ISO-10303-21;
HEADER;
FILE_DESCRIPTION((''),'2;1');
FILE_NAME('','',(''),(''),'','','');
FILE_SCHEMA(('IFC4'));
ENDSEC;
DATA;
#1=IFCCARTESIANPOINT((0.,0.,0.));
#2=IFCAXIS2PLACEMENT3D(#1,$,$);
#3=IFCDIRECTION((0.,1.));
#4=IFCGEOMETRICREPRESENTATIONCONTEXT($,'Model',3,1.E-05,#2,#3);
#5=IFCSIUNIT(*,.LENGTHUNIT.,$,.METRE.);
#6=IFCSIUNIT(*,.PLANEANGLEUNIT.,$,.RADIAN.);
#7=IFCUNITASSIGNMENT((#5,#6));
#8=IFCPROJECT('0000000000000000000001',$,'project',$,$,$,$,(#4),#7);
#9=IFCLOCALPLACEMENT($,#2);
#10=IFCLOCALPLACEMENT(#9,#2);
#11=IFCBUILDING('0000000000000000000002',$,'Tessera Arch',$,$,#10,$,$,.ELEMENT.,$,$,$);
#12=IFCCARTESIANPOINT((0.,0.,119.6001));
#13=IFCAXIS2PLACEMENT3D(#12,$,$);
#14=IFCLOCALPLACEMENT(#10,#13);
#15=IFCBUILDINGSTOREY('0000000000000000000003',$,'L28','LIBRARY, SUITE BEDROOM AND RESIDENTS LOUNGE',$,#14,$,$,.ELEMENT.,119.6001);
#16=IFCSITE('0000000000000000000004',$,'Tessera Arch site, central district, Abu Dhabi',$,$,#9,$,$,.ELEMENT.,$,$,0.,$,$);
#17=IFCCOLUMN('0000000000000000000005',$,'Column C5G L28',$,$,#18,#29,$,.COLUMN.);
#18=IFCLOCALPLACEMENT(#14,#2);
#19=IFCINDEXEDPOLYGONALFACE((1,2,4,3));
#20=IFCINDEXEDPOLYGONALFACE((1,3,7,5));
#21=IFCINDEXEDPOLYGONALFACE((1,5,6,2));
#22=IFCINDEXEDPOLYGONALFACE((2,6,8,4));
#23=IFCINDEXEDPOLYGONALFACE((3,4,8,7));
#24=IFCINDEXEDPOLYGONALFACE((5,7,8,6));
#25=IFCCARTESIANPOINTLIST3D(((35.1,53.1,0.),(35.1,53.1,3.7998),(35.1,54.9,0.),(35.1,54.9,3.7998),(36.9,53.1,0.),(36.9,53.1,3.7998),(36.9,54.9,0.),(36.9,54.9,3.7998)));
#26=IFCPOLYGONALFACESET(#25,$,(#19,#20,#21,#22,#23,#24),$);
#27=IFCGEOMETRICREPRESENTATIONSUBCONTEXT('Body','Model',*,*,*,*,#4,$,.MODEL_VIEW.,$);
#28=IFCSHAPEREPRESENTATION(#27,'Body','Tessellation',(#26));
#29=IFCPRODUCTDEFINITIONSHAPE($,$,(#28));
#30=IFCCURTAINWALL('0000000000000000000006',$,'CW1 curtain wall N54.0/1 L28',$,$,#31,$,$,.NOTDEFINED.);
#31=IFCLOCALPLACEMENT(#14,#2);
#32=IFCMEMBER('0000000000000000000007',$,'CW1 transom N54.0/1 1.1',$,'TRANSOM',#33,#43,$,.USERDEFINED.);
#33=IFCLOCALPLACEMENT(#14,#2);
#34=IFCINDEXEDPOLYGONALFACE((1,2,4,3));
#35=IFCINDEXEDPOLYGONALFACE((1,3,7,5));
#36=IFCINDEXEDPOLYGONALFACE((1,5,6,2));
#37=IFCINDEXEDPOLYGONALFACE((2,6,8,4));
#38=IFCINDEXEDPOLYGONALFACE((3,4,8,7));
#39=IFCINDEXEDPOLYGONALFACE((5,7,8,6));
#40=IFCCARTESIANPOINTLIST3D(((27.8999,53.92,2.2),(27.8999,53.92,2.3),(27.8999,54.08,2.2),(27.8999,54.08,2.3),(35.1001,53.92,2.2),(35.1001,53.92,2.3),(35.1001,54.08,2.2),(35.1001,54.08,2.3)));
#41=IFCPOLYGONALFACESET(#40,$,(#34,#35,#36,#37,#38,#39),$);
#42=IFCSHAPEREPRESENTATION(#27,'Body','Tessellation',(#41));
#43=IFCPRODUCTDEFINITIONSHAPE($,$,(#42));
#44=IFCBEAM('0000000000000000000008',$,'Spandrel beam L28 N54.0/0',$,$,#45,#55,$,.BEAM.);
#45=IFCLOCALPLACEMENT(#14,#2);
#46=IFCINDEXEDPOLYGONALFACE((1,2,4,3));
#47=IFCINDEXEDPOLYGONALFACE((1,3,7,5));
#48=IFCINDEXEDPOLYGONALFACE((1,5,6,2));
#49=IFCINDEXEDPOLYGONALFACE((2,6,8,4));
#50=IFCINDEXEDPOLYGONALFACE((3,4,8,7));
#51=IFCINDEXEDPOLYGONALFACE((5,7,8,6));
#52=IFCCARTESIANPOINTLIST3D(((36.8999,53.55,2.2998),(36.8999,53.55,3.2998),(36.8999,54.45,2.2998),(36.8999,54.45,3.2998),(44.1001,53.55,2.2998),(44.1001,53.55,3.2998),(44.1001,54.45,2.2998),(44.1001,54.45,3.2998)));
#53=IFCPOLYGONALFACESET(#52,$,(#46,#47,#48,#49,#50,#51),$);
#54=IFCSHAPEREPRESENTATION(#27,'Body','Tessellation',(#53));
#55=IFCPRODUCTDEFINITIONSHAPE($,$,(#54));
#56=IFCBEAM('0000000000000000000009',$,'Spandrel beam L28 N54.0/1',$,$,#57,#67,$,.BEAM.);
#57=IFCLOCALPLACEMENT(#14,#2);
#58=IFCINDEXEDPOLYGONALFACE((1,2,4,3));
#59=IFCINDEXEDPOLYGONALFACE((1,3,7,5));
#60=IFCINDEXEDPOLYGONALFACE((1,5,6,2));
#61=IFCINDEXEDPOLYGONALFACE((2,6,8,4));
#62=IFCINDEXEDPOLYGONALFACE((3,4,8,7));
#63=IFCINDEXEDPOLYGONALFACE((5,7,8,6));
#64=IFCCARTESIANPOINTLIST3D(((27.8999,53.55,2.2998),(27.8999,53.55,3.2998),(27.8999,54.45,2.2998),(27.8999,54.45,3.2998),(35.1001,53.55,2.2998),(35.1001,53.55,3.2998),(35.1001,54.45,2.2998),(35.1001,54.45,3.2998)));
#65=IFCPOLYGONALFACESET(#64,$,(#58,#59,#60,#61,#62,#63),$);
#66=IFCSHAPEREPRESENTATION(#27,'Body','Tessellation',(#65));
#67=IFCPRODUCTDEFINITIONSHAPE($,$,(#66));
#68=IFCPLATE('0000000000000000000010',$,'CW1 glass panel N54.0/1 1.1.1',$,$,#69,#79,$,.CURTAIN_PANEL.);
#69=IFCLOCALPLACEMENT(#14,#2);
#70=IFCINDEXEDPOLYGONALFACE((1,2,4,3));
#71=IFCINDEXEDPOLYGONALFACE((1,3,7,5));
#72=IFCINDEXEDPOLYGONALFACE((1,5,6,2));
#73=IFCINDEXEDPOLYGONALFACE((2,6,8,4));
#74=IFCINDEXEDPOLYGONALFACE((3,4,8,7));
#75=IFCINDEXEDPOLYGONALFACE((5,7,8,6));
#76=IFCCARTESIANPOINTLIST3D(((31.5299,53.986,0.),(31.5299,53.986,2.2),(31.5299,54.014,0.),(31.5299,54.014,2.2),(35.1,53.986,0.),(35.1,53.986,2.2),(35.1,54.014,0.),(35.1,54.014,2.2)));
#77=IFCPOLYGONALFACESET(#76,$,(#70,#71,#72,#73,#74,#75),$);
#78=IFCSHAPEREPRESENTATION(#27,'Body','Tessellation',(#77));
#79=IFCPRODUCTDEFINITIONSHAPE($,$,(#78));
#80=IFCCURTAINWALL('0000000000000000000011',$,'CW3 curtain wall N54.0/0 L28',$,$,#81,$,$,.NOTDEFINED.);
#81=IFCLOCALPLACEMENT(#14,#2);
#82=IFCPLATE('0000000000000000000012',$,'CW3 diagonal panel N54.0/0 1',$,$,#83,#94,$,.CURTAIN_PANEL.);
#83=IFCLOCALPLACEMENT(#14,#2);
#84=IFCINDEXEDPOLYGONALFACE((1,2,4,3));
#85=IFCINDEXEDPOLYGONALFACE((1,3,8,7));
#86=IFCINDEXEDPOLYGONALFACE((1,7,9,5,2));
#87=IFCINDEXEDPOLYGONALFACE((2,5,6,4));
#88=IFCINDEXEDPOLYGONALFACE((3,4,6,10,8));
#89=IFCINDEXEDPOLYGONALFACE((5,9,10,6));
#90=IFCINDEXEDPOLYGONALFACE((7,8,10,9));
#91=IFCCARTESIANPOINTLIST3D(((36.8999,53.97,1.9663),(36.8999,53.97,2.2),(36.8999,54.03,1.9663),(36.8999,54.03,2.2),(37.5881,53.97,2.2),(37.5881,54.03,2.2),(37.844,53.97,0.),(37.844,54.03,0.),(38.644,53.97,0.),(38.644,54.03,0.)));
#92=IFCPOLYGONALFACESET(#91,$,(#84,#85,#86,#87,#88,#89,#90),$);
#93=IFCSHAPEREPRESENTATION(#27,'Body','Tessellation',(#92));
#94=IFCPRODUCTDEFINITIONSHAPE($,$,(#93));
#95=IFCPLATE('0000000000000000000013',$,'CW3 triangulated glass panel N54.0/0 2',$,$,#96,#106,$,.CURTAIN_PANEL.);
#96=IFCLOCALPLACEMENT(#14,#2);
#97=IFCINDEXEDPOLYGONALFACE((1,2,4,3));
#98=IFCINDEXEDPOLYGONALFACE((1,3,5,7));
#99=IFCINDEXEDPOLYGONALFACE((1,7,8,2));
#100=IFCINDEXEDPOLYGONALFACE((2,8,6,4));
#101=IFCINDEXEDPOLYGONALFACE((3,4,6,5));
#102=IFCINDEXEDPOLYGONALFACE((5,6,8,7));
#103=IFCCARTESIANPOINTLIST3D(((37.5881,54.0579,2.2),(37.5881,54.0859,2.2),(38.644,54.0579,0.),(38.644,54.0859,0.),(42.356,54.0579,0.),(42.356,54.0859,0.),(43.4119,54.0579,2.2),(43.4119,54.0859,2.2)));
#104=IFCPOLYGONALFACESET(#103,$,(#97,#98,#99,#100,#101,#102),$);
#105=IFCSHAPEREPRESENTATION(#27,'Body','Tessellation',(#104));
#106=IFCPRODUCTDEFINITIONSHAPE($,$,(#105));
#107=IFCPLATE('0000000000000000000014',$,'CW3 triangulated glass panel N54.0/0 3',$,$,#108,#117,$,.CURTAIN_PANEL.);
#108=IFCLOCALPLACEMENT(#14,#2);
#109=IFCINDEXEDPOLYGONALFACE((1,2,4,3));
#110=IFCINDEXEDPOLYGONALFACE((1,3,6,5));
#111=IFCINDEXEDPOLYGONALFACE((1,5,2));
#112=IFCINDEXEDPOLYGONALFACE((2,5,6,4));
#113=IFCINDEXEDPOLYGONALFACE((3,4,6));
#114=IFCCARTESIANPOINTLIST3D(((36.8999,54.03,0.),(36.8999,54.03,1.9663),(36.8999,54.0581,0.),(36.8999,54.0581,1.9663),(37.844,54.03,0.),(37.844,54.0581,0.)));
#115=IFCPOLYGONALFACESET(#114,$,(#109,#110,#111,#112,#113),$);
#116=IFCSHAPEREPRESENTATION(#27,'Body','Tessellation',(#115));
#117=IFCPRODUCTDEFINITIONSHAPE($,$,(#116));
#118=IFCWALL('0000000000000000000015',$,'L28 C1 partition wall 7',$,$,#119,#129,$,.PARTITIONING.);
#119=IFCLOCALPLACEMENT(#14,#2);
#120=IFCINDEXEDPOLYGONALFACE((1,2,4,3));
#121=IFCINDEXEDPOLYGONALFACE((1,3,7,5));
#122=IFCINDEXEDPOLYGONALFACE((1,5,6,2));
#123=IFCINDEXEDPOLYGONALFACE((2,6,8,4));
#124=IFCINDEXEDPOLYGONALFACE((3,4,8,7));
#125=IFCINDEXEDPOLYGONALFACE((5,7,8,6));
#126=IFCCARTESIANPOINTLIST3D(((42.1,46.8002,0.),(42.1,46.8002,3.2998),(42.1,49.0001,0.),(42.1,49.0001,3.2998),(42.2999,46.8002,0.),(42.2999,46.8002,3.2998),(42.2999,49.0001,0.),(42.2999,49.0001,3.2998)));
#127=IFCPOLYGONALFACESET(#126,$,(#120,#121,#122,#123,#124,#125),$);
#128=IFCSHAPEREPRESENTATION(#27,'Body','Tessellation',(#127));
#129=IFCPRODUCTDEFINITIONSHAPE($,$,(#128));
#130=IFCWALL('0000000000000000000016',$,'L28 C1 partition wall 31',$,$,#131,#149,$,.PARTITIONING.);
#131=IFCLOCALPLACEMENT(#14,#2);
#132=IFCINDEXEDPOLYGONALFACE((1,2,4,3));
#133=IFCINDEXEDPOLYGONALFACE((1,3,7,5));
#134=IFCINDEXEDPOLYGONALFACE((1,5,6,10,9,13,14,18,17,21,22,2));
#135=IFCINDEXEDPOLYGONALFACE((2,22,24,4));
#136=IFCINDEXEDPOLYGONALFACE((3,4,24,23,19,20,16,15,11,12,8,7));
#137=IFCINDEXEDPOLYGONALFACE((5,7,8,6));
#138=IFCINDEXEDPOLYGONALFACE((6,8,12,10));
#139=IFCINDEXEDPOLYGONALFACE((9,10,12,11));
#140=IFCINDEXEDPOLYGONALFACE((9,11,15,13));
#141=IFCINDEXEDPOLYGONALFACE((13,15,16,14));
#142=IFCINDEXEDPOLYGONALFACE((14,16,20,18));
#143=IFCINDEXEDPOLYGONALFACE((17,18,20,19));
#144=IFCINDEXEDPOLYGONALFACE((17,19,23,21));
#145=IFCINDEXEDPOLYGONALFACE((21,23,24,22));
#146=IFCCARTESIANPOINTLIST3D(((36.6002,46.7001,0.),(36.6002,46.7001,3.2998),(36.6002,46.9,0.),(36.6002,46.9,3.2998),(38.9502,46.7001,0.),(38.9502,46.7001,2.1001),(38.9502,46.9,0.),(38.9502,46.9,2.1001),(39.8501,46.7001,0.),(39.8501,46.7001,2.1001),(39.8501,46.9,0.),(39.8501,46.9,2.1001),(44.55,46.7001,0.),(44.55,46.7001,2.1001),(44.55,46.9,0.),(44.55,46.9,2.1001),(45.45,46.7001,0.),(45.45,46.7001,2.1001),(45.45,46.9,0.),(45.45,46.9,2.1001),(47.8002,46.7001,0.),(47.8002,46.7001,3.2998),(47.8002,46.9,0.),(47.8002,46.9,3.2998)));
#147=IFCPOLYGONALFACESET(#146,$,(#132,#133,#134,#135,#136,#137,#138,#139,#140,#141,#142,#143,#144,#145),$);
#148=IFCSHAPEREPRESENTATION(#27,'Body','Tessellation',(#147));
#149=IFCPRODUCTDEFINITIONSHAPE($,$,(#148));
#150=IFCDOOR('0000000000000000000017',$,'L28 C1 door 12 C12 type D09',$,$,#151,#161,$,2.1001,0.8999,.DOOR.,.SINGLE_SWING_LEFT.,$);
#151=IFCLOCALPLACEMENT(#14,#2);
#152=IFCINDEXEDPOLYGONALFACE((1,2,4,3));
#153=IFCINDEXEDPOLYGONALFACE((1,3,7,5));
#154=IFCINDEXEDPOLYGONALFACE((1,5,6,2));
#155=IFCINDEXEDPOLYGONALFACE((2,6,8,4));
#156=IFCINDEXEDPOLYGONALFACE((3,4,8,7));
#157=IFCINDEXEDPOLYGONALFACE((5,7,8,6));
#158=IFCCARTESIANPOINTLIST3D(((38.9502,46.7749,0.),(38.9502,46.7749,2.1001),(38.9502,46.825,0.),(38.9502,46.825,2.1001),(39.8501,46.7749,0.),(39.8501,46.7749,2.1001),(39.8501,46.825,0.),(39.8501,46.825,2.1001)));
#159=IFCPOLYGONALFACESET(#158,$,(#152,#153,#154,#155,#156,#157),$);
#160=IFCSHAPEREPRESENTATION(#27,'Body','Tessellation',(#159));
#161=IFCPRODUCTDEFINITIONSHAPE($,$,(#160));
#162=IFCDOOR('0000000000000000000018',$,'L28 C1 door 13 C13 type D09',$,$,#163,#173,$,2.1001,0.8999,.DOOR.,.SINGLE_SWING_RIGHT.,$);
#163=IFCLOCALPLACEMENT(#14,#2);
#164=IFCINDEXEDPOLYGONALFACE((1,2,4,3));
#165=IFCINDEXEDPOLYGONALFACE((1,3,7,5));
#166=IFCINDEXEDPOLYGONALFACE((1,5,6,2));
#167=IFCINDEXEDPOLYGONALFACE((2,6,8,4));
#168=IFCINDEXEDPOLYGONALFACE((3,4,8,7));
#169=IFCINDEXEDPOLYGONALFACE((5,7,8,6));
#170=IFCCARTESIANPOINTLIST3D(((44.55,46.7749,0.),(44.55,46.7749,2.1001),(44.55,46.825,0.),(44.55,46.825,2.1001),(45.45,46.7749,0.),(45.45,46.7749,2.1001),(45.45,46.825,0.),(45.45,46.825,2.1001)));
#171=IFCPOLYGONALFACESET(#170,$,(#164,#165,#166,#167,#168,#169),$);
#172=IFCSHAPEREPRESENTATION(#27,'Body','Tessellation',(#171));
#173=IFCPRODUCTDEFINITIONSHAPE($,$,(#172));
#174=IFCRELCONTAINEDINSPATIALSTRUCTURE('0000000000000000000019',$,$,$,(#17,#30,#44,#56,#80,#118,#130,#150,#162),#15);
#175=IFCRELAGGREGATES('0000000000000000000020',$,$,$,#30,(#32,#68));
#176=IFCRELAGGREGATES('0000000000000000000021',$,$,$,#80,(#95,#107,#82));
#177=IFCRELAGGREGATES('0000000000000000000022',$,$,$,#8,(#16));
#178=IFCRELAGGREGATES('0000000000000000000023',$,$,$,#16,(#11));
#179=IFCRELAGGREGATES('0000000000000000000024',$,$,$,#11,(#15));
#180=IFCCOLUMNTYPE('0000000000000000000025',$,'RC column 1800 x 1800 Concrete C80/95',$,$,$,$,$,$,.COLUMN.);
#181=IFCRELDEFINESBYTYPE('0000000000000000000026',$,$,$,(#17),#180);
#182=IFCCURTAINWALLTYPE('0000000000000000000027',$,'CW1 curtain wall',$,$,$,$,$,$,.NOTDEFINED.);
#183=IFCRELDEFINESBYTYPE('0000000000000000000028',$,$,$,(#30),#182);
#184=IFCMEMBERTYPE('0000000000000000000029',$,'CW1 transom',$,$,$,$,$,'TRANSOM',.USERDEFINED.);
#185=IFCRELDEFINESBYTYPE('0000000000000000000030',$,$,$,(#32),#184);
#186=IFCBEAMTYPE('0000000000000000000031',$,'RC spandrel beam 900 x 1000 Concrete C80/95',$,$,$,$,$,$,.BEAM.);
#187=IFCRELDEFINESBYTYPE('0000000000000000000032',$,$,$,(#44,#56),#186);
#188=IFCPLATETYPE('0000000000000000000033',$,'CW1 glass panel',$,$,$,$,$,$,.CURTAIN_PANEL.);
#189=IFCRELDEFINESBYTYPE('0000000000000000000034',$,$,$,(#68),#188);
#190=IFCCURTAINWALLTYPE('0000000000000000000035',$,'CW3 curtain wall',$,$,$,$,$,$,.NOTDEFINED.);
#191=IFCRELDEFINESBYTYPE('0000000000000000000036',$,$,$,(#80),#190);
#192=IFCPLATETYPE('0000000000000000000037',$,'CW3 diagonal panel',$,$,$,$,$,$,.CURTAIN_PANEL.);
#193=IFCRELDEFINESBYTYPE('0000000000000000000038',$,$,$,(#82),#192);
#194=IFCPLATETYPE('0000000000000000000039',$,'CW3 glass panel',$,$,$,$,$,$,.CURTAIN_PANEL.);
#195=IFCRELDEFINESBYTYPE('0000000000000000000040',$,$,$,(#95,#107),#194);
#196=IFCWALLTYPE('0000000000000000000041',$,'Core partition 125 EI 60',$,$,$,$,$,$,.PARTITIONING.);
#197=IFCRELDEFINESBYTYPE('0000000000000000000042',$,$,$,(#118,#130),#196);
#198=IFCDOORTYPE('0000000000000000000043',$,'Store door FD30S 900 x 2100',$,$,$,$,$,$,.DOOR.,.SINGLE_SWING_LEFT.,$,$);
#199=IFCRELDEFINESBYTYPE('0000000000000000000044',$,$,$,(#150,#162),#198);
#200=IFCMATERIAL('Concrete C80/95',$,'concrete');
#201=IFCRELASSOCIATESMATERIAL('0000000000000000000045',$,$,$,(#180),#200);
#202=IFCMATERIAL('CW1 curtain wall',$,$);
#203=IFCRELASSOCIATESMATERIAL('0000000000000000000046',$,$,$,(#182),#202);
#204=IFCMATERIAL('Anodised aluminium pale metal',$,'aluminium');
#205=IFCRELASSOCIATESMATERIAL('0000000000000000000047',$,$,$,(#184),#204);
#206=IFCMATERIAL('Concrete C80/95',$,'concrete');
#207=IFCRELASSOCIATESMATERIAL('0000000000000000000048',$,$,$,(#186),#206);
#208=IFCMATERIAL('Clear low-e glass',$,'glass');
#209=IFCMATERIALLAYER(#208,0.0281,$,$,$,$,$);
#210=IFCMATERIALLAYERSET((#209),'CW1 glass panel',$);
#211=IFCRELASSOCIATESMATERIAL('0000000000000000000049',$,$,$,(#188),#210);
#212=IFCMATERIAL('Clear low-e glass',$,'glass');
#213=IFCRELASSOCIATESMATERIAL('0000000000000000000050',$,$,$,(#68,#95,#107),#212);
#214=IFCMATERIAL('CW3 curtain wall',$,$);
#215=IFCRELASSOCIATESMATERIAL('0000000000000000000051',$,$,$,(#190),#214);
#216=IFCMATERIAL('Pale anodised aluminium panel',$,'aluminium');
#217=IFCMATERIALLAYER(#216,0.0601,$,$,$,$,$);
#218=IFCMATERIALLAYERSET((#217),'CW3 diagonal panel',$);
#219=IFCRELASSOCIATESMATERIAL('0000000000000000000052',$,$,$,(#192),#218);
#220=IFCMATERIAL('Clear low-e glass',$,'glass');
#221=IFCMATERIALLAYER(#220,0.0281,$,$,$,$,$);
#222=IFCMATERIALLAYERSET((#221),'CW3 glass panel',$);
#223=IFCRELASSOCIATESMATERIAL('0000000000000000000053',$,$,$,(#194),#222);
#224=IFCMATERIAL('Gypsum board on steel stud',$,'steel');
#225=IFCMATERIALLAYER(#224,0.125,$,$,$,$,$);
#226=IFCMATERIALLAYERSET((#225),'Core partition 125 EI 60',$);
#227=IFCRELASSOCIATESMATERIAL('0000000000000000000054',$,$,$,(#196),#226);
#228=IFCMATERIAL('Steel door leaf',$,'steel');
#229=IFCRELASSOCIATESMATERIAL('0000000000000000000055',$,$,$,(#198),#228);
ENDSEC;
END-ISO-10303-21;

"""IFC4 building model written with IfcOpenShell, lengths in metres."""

from ifc_helpers import new_model, si_unit, direction, frame, frame_2d, origin, origin_2d, place, context, subcontext, project, spatial, polyline, rectangle, outline, extrude, material, layer, layer_set, material_profile, profile_set, type_object, element, fill, aggregate, save


model = new_model("IFC4")

# Units and contexts
model_context = context("Model", 3, precision=1e-05, world=origin(), true_north=direction((0.0, 1.0)))
body_context = subcontext(model_context, "Body", "Model", "MODEL_VIEW")
ifc_project = project(units=[si_unit("LENGTHUNIT", "METRE"), si_unit("PLANEANGLEUNIT", "RADIAN")], contexts=[model_context])

# Site, building, storey
site_placement = place(None, origin())
site = spatial("IfcSite", under=ifc_project, at=site_placement, Name="Tessera Arch site, central district, Abu Dhabi", CompositionType="ELEMENT", RefElevation=0.0)
building_placement = place(site_placement, origin())
building = spatial("IfcBuilding", under=site, at=building_placement, Name="Tessera Arch", CompositionType="ELEMENT")
storey_placement = place(building_placement, frame((0.0, 0.0, 119.6001)))
storey = spatial("IfcBuildingStorey", under=building, at=storey_placement, Name="L28", Description="LIBRARY, SUITE BEDROOM AND RESIDENTS LOUNGE", CompositionType="ELEMENT", Elevation=119.6001)

# Column
ifc_material_1 = material(Name="Concrete C80/95", Category="concrete")
ifc_material_profile_1 = material_profile(ifc_material_1, rectangle(XDim=1.8, YDim=1.8, at=origin_2d()), Name="RC column 1800 x 1800 Concrete C80/95")
ifc_profile_set_1 = profile_set([ifc_material_profile_1], Name="Concrete C80/95")
column_type = type_object("IfcColumnType", Name="RC column 1800 x 1800 Concrete C80/95", PredefinedType="COLUMN", material=ifc_profile_set_1)
column_placement = place(storey_placement, frame((36.0, 54.0, 0.0), z_axis=(0.0, 0.0, 1.0), x_axis=(1.0, 0.0, 0.0)))
element("IfcColumn", 1, at=column_placement, inside=storey, type_object=column_type, Name="Column C5G L28", PredefinedType="COLUMN", context=body_context, shape_type="SweptSolid", body=[
    extrude(rectangle(XDim=1.8, YDim=1.8, at=origin_2d()), origin(), (0.0, 0.0, 1.0), 3.7998),
])

# Curtain wall, member
ifc_material_2 = material(Name="CW1 curtain wall")
curtain_wall_type_1 = type_object("IfcCurtainWallType", Name="CW1 curtain wall", PredefinedType="NOTDEFINED", material=ifc_material_2)
curtain_wall_1_placement = place(storey_placement, origin())
curtain_wall_1 = element("IfcCurtainWall", 2, at=curtain_wall_1_placement, inside=storey, type_object=curtain_wall_type_1, Name="CW1 curtain wall N54.0/1 L28", PredefinedType="NOTDEFINED")
ifc_material_3 = material(Name="Anodised aluminium pale metal", Category="aluminium")
ifc_material_profile_2 = material_profile(ifc_material_3, rectangle(XDim=0.1599, YDim=0.1001, at=origin_2d()), Name="AL 160x100")
ifc_profile_set_2 = profile_set([ifc_material_profile_2], Name="Anodised aluminium pale metal")
member_type = type_object("IfcMemberType", Name="CW1 transom", ElementType="TRANSOM", PredefinedType="USERDEFINED", material=ifc_profile_set_2)
member_placement = place(storey_placement, frame((35.1001, 54.0, 2.25), z_axis=(-1.0, 0.0, 0.0), x_axis=(0.0, -1.0, 0.0)))
member = element("IfcMember", 3, at=member_placement, type_object=member_type, Name="CW1 transom N54.0/1 1.1", ObjectType="TRANSOM", PredefinedType="USERDEFINED", context=body_context, shape_type="SweptSolid", body=[
    extrude(rectangle(XDim=0.1599, YDim=0.1001, at=origin_2d()), origin(), (0.0, 0.0, 1.0), 7.2002),
])

# Beams
ifc_material_4 = material(Name="Concrete C80/95", Category="concrete")
ifc_material_profile_3 = material_profile(ifc_material_4, rectangle(XDim=0.8999, YDim=1.0, at=origin_2d()), Name="RC spandrel beam 900 x 1000 Concrete C80/95")
ifc_profile_set_3 = profile_set([ifc_material_profile_3], Name="Concrete C80/95")
beam_type = type_object("IfcBeamType", Name="RC spandrel beam 900 x 1000 Concrete C80/95", PredefinedType="BEAM", material=ifc_profile_set_3)
for number, where, z_axis, x_axis, name in (
    (4, (44.1001, 54.0, 2.7998), (-1.0, 0.0, 0.0), (0.0, -1.0, 0.0), "Spandrel beam L28 N54.0/0"),
    (5, (35.1001, 54.0, 2.7998), (-1.0, 0.0, 0.0), (0.0, -1.0, 0.0), "Spandrel beam L28 N54.0/1"),
):
    element("IfcBeam", number, at=place(storey_placement, frame(where, z_axis=z_axis, x_axis=x_axis)), inside=storey, type_object=beam_type, Name=name, PredefinedType="BEAM", context=body_context, shape_type="SweptSolid", body=[
        extrude(rectangle(XDim=0.8999, YDim=1.0, at=origin_2d()), origin(), (0.0, 0.0, 1.0), 7.2002),
    ])

# Plate
ifc_material_5 = material(Name="Clear low-e glass", Category="glass")
ifc_material_6 = material(Name="Clear low-e glass", Category="glass")
ifc_layer_1 = layer(ifc_material_6, 0.0281)
ifc_layer_set_1 = layer_set([ifc_layer_1], Name="CW1 glass panel")
plate_type_1 = type_object("IfcPlateType", Name="CW1 glass panel", PredefinedType="CURTAIN_PANEL", material=ifc_layer_set_1)
plate_1_placement = place(storey_placement, frame((33.3149, 54.0, 0.0), z_axis=(0.0, 0.0, 1.0), x_axis=(-1.0, 0.0, 0.0)))
plate_1 = element("IfcPlate", 6, at=plate_1_placement, type_object=plate_type_1, material=ifc_material_5, Name="CW1 glass panel N54.0/1 1.1.1", PredefinedType="CURTAIN_PANEL", context=body_context, shape_type="SweptSolid", body=[
    extrude(rectangle(XDim=3.5701, YDim=0.0281, at=origin_2d()), origin(), (0.0, 0.0, 1.0), 2.2),
])
aggregate(curtain_wall_1, [member, plate_1])

# Curtain wall, plates
ifc_material_7 = material(Name="CW3 curtain wall")
curtain_wall_type_2 = type_object("IfcCurtainWallType", Name="CW3 curtain wall", PredefinedType="NOTDEFINED", material=ifc_material_7)
curtain_wall_2_placement = place(storey_placement, origin())
curtain_wall_2 = element("IfcCurtainWall", 7, at=curtain_wall_2_placement, inside=storey, type_object=curtain_wall_type_2, Name="CW3 curtain wall N54.0/0 L28", PredefinedType="NOTDEFINED")
ifc_material_8 = material(Name="Pale anodised aluminium panel", Category="aluminium")
ifc_layer_2 = layer(ifc_material_8, 0.0601)
ifc_layer_set_2 = layer_set([ifc_layer_2], Name="CW3 diagonal panel")
plate_type_2 = type_object("IfcPlateType", Name="CW3 diagonal panel", PredefinedType="CURTAIN_PANEL", material=ifc_layer_set_2)
plate_2_placement = place(storey_placement, frame((36.8999, 54.03, 2.2), z_axis=(0.0, 1.0, 0.0), x_axis=(1.0, 0.0, 0.0)))
plate_2 = element("IfcPlate", 8, at=plate_2_placement, type_object=plate_type_2, Name="CW3 diagonal panel N54.0/0 1", PredefinedType="CURTAIN_PANEL", context=body_context, shape_type="SweptSolid", body=[
    extrude(outline(polyline([(0.0, 0.0), (0.6882, 0.0), (1.7441, 2.2), (0.9441, 2.2), (0.0, 0.2336), (0.0, 0.0)])), origin(), (0.0, 0.0, -1.0), 0.0601),
])
ifc_material_9 = material(Name="Clear low-e glass", Category="glass")
ifc_layer_3 = layer(ifc_material_9, 0.0281)
ifc_layer_set_3 = layer_set([ifc_layer_3], Name="CW3 glass panel")
plate_type_3 = type_object("IfcPlateType", Name="CW3 glass panel", PredefinedType="CURTAIN_PANEL", material=ifc_layer_set_3)
plate_3_placement = place(storey_placement, frame((37.5881, 54.0859, 2.2), z_axis=(0.0, 1.0, 0.0), x_axis=(1.0, 0.0, 0.0)))
plate_3 = element("IfcPlate", 9, at=plate_3_placement, type_object=plate_type_3, material=ifc_material_5, Name="CW3 triangulated glass panel N54.0/0 2", PredefinedType="CURTAIN_PANEL", context=body_context, shape_type="SweptSolid", body=[
    extrude(outline(polyline([(0.0, 0.0), (5.8237, 0.0), (4.7678, 2.2), (1.0559, 2.2), (0.0, 0.0)])), origin(), (0.0, 0.0, -1.0), 0.0281),
])
plate_4_placement = place(storey_placement, frame((36.8999, 54.0581, 0.0), z_axis=(0.0, 1.0, 0.0), x_axis=(0.0, 0.0, 1.0)))
plate_4 = element("IfcPlate", 10, at=plate_4_placement, type_object=plate_type_3, material=ifc_material_5, Name="CW3 triangulated glass panel N54.0/0 3", PredefinedType="CURTAIN_PANEL", context=body_context, shape_type="SweptSolid", body=[
    extrude(outline(polyline([(0.0, 0.0), (1.9663, 0.0), (0.0, 0.9441), (0.0, 0.0)])), origin(), (0.0, 0.0, -1.0), 0.0281),
])
aggregate(curtain_wall_2, [plate_3, plate_4, plate_2])

# Wall
ifc_material_10 = material(Name="Gypsum board on steel stud", Category="steel")
ifc_layer_4 = layer(ifc_material_10, 0.125)
ifc_layer_set_4 = layer_set([ifc_layer_4], Name="Core partition 125 EI 60")
wall_type_1 = type_object("IfcWallType", Name="Core partition 125 EI 60", PredefinedType="PARTITIONING", material=ifc_layer_set_4)
wall_1_placement = place(storey_placement, frame((42.2, 46.8, 0.0), z_axis=(0.0, 0.0, 1.0), x_axis=(0.0, 1.0, 0.0)))
element("IfcWall", 11, at=wall_1_placement, inside=storey, type_object=wall_type_1, Name="L28 C1 partition wall 7", PredefinedType="PARTITIONING", context=body_context, shape_type="SweptSolid", body=[
    extrude(rectangle(XDim=2.2, YDim=0.2, at=frame_2d((1.1001, 0.0))), origin(), (0.0, 0.0, 1.0), 3.2998),
])

# Wall, openings, doors
wall_2_placement = place(storey_placement, frame((36.6001, 46.8, 0.0), z_axis=(0.0, 0.0, 1.0), x_axis=(1.0, 0.0, 0.0)))
wall_2 = element("IfcWall", 12, at=wall_2_placement, inside=storey, type_object=wall_type_1, Name="L28 C1 partition wall 31", PredefinedType="PARTITIONING", context=body_context, shape_type="SweptSolid", body=[
    extrude(rectangle(XDim=11.2, YDim=0.2, at=frame_2d((5.6001, 0.0))), origin(), (0.0, 0.0, 1.0), 3.2998),
])
opening_1_placement = place(wall_2_placement, frame((2.3501, 0.0, 0.0)))
opening_1 = element("IfcOpeningElement", 13, at=opening_1_placement, cuts=wall_2, PredefinedType="OPENING", context=body_context, shape_type="SweptSolid", body=[
    extrude(rectangle(XDim=0.8999, YDim=2.1001, at=frame_2d((0.45, 1.05))), frame((0.0, 0.1099, 0.0), z_axis=(0.0, -1.0, 0.0), x_axis=(1.0, 0.0, 0.0)), (0.0, 0.0, 1.0), 0.22),
])
opening_2_placement = place(wall_2_placement, frame((7.95, 0.0, 0.0)))
opening_2 = element("IfcOpeningElement", 14, at=opening_2_placement, cuts=wall_2, PredefinedType="OPENING", context=body_context, shape_type="SweptSolid", body=[
    extrude(rectangle(XDim=0.8999, YDim=2.1001, at=frame_2d((0.45, 1.05))), frame((0.0, 0.1099, 0.0), z_axis=(0.0, -1.0, 0.0), x_axis=(1.0, 0.0, 0.0)), (0.0, 0.0, 1.0), 0.22),
])
ifc_material_11 = material(Name="Steel door leaf", Category="steel")
door_type_1 = type_object("IfcDoorType", Name="Store door FD30S 900 x 2100", OperationType="SINGLE_SWING_LEFT", PredefinedType="DOOR", material=ifc_material_11)
door_1_placement = place(opening_1_placement, origin())
door_1 = element("IfcDoor", 15, at=door_1_placement, inside=storey, type_object=door_type_1, Name="L28 C1 door 12 C12 type D09", OperationType="SINGLE_SWING_LEFT", OverallHeight=2.1001, OverallWidth=0.8999, PredefinedType="DOOR", context=body_context, shape_type="SweptSolid", body=[
    extrude(rectangle(XDim=0.8999, YDim=2.1001, at=frame_2d((0.45, 1.05))), frame((0.0, 0.0249, 0.0), z_axis=(0.0, -1.0, 0.0), x_axis=(1.0, 0.0, 0.0)), (0.0, 0.0, 1.0), 0.05),
])
fill(opening_1, door_1)
door_2_placement = place(opening_2_placement, origin())
door_2 = element("IfcDoor", 16, at=door_2_placement, inside=storey, type_object=door_type_1, Name="L28 C1 door 13 C13 type D09", OperationType="SINGLE_SWING_RIGHT", OverallHeight=2.1001, OverallWidth=0.8999, PredefinedType="DOOR", context=body_context, shape_type="SweptSolid", body=[
    extrude(rectangle(XDim=0.8999, YDim=2.1001, at=frame_2d((0.45, 1.05))), frame((0.0, 0.0249, 0.0), z_axis=(0.0, -1.0, 0.0), x_axis=(1.0, 0.0, 0.0)), (0.0, 0.0, 1.0), 0.05),
])
fill(opening_2, door_2)

save(model, "model.ifc")
